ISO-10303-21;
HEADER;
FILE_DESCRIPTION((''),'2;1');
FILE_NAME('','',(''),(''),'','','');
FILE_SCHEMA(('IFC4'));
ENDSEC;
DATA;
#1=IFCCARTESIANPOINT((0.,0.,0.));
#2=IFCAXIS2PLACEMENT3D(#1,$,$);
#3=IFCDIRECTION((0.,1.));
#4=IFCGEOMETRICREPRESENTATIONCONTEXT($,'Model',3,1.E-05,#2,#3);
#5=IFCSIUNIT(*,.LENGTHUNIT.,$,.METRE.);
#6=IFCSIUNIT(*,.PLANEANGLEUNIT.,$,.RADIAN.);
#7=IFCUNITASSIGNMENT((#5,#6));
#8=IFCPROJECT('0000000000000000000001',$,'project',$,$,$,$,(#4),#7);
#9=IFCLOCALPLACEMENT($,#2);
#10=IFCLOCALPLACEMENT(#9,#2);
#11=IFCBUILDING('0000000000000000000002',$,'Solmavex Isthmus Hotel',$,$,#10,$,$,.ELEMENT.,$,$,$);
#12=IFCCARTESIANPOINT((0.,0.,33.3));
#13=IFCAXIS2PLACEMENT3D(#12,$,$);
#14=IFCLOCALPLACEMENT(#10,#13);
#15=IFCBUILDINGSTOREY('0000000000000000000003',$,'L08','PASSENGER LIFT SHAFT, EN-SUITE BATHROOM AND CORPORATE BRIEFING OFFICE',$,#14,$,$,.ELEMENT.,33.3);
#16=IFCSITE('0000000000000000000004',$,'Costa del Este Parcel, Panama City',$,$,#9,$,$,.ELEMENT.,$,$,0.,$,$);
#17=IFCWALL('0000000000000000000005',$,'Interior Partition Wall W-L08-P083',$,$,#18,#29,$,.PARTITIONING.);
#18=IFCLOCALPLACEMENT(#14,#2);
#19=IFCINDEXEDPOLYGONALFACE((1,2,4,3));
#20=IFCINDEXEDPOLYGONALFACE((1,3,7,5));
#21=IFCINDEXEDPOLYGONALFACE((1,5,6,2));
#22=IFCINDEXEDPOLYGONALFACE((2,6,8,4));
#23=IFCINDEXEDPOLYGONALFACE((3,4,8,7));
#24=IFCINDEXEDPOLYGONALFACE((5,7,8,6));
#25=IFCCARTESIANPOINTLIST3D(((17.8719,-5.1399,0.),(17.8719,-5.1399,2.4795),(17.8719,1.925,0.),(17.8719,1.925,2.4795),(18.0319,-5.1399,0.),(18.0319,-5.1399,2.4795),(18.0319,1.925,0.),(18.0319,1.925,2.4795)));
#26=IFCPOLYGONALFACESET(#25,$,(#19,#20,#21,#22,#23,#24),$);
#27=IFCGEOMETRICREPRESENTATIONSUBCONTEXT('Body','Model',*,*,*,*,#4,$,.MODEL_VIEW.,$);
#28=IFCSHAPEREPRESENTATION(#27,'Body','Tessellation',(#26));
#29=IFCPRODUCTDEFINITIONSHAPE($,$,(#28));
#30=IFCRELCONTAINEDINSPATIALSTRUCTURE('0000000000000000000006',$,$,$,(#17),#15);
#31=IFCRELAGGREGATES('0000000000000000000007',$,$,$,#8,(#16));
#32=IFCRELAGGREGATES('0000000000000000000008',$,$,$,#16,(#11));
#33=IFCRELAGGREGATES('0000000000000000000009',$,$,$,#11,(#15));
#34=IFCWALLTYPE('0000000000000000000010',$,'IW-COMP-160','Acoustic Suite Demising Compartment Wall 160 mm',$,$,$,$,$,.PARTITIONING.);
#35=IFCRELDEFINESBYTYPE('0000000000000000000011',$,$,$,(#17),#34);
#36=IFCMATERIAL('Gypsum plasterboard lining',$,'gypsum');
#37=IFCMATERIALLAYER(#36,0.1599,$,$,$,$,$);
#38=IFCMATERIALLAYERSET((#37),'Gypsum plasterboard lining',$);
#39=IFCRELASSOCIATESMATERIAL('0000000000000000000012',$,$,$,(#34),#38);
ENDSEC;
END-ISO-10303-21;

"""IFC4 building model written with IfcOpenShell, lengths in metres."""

from ifc_helpers import new_model, si_unit, direction, frame, frame_2d, origin, place, context, subcontext, project, spatial, rectangle, extrude, material, layer, layer_set, type_object, element, save


model = new_model("IFC4")

# Units and contexts
model_context = context("Model", 3, precision=1e-05, world=origin(), true_north=direction((0.0, 1.0)))
body_context = subcontext(model_context, "Body", "Model", "MODEL_VIEW")
ifc_project = project(units=[si_unit("LENGTHUNIT", "METRE"), si_unit("PLANEANGLEUNIT", "RADIAN")], contexts=[model_context])

# Site, building, storey
site_placement = place(None, origin())
site = spatial("IfcSite", under=ifc_project, at=site_placement, Name="Costa del Este Parcel, Panama City", CompositionType="ELEMENT", RefElevation=0.0)
building_placement = place(site_placement, origin())
building = spatial("IfcBuilding", under=site, at=building_placement, Name="Solmavex Isthmus Hotel", CompositionType="ELEMENT")
storey_placement = place(building_placement, frame((0.0, 0.0, 33.3)))
storey = spatial("IfcBuildingStorey", under=building, at=storey_placement, Name="L08", Description="PASSENGER LIFT SHAFT, EN-SUITE BATHROOM AND CORPORATE BRIEFING OFFICE", CompositionType="ELEMENT", Elevation=33.3)

# Wall
ifc_material_1 = material(Name="Gypsum plasterboard lining", Category="gypsum")
ifc_layer_1 = layer(ifc_material_1, 0.1599)
ifc_layer_set_1 = layer_set([ifc_layer_1], Name="Gypsum plasterboard lining")
wall_type_1 = type_object("IfcWallType", Name="IW-COMP-160", Description="Acoustic Suite Demising Compartment Wall 160 mm", PredefinedType="PARTITIONING", material=ifc_layer_set_1)
wall_1_placement = place(storey_placement, frame((17.9519, -5.1399, 0.0), z_axis=(0.0, 0.0, 1.0), x_axis=(0.0, 1.0, 0.0)))
element("IfcWall", 1, at=wall_1_placement, inside=storey, type_object=wall_type_1, Name="Interior Partition Wall W-L08-P083", PredefinedType="PARTITIONING", context=body_context, shape_type="SweptSolid", body=[
    extrude(rectangle(XDim=7.0649, YDim=0.1599, at=frame_2d((3.5325, 0.0))), origin(), (0.0, 0.0, 1.0), 2.4795),
])

save(model, "model.ifc")
